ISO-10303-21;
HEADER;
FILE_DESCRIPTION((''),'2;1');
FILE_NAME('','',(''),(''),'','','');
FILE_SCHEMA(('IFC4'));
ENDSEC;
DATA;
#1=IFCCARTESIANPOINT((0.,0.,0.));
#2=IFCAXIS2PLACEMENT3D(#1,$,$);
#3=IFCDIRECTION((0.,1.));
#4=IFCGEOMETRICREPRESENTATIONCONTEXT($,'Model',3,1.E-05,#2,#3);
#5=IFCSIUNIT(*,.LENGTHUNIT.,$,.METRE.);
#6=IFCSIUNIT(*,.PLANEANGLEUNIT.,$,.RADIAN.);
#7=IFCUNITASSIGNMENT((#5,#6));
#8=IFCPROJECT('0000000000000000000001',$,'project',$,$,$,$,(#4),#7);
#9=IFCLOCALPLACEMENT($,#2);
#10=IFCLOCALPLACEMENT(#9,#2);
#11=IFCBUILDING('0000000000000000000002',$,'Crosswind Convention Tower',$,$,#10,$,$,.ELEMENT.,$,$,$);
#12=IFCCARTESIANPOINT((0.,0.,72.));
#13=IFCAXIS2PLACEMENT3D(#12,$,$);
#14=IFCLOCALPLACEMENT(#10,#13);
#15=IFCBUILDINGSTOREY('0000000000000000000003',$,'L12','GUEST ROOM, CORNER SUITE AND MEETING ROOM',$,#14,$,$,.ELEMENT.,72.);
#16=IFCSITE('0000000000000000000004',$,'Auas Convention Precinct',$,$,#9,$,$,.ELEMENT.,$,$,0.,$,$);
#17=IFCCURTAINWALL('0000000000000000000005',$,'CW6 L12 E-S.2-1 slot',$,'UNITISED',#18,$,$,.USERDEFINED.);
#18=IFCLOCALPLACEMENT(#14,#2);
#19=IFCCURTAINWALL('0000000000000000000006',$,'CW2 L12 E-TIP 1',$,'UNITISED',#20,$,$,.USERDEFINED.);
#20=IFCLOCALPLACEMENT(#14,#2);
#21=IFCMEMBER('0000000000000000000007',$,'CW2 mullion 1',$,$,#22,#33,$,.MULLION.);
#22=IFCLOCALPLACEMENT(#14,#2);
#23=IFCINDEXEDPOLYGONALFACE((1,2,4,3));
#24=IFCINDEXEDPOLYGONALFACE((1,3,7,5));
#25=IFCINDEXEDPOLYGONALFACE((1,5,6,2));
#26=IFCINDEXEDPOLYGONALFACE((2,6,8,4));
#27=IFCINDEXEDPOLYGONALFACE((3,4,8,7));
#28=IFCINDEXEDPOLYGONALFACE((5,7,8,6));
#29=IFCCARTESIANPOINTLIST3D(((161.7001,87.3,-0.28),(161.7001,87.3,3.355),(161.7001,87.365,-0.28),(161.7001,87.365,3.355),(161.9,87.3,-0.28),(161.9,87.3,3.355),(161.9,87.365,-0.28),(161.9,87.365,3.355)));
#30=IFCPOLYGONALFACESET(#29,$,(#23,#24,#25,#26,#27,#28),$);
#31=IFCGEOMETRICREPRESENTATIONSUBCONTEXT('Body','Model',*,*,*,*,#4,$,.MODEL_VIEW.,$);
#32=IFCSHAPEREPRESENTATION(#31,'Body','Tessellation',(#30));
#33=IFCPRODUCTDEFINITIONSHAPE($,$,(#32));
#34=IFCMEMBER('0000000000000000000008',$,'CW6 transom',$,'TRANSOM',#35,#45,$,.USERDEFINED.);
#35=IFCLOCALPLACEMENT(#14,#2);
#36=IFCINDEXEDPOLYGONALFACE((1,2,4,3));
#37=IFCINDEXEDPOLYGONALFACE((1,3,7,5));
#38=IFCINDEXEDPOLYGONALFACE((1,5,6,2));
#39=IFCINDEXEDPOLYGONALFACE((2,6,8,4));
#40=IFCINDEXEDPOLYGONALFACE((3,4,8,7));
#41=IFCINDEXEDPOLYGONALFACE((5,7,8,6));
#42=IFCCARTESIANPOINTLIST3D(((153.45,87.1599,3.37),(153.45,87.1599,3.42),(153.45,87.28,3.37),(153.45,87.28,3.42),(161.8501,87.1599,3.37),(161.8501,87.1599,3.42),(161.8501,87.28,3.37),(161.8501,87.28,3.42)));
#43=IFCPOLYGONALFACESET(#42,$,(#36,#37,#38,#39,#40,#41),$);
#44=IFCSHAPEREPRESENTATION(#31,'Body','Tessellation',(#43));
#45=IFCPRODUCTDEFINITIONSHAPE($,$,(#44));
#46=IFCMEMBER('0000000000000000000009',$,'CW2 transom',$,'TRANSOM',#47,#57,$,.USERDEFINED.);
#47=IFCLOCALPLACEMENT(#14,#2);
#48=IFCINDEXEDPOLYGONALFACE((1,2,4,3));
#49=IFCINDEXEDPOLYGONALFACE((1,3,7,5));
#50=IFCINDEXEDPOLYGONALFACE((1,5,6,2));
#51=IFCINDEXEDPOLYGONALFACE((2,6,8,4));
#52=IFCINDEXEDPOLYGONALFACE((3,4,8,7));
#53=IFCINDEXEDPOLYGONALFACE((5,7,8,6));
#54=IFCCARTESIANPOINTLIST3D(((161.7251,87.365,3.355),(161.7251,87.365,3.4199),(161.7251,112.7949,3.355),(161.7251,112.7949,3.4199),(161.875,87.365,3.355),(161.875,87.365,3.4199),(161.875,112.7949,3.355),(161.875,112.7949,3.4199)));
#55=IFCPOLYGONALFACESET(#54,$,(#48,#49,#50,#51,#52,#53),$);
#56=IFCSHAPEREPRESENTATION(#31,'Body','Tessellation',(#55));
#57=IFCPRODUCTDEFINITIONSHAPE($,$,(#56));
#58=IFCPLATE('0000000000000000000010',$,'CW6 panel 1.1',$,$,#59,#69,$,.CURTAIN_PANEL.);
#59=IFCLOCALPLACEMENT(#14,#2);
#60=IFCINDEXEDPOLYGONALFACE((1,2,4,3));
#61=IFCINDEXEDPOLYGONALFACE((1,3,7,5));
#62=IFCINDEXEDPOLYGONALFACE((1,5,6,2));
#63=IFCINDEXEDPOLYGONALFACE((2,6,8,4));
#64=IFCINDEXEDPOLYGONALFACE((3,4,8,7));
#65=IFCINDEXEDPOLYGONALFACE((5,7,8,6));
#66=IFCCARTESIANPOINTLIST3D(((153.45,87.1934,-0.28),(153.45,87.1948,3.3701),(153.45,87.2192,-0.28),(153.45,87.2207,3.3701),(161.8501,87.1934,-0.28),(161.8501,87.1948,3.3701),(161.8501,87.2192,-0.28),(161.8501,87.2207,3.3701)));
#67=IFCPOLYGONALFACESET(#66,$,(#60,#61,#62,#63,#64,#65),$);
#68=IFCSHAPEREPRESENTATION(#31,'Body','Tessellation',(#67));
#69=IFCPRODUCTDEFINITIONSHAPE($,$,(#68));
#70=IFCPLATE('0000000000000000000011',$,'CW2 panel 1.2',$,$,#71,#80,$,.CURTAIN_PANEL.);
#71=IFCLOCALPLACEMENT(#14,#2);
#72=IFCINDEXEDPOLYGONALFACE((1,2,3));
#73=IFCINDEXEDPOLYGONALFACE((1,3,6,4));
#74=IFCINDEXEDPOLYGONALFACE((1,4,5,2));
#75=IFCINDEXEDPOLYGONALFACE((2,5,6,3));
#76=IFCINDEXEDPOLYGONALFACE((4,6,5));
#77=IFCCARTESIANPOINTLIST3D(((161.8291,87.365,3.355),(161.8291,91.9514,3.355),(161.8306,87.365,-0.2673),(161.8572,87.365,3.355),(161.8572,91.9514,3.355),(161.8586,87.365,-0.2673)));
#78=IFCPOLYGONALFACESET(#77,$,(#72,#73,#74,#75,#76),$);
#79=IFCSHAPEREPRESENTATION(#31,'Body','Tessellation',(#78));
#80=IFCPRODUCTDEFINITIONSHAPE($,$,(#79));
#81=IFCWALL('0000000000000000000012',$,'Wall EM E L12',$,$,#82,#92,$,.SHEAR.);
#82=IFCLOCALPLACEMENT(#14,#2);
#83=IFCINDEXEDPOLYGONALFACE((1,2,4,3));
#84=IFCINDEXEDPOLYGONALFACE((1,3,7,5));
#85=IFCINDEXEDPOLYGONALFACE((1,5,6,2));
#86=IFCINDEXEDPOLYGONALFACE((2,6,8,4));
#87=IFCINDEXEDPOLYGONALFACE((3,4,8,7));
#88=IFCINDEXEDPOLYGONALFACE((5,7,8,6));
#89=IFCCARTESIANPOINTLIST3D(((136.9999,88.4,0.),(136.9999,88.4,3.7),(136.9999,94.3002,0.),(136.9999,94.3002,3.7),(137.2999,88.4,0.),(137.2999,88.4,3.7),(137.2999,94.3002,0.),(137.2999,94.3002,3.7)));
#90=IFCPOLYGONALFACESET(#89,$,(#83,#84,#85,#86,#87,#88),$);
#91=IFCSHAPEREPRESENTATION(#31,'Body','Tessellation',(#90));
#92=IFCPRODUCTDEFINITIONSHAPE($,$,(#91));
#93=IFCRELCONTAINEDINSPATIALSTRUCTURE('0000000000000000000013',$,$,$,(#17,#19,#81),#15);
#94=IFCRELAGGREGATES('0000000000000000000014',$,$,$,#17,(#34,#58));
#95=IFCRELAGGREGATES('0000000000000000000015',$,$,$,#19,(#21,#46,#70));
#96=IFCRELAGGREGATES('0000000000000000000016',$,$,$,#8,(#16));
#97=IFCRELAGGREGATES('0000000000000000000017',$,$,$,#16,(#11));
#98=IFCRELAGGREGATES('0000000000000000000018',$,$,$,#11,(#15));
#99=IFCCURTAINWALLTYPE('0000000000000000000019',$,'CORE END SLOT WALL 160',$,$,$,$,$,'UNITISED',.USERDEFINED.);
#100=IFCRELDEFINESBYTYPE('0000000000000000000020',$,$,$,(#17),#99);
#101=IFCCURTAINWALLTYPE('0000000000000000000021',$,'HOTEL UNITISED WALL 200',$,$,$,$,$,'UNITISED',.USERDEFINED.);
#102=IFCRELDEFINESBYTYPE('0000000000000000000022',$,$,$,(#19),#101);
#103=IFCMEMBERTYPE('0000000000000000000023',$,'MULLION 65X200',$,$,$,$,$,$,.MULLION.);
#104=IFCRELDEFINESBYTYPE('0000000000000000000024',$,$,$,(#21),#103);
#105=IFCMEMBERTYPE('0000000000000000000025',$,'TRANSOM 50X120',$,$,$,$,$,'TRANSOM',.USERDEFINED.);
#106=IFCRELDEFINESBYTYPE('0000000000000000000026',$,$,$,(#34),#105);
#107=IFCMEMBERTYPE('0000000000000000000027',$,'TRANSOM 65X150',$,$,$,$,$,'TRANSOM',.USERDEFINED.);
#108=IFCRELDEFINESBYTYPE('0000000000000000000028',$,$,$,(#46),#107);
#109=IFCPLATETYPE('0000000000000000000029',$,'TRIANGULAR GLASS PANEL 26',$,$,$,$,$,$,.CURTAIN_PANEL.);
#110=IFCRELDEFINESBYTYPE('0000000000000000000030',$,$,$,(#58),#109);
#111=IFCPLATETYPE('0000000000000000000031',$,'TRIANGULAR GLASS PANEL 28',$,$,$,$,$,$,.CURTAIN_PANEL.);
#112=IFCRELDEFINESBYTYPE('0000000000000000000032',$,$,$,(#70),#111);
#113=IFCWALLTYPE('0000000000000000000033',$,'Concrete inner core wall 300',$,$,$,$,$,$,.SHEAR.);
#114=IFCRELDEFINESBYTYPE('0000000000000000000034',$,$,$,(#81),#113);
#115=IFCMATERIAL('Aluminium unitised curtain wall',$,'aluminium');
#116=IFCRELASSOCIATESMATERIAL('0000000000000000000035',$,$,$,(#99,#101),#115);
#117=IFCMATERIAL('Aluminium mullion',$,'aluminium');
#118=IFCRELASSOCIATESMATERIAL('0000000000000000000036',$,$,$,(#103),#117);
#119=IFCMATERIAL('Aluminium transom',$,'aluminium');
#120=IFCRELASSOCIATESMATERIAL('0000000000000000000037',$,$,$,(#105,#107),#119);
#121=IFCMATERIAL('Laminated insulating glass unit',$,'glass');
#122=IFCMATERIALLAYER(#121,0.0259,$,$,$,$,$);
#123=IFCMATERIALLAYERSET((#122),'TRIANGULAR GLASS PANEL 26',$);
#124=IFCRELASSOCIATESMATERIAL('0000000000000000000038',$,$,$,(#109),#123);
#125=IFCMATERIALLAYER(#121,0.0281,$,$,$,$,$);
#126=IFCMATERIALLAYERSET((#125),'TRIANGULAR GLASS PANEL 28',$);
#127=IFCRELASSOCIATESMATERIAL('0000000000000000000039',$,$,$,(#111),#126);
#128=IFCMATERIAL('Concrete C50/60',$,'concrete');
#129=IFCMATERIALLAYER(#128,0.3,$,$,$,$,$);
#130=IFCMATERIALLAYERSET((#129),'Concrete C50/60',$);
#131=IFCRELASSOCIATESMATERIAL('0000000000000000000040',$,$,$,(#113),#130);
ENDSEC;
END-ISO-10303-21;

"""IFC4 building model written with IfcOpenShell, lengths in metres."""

from ifc_helpers import new_model, si_unit, direction, frame, frame_2d, origin, origin_2d, place, context, subcontext, project, spatial, polyline, rectangle, outline, extrude, material, layer, layer_set, material_profile, profile_set, type_object, element, aggregate, save


model = new_model("IFC4")

# Units and contexts
model_context = context("Model", 3, precision=1e-05, world=origin(), true_north=direction((0.0, 1.0)))
body_context = subcontext(model_context, "Body", "Model", "MODEL_VIEW")
ifc_project = project(units=[si_unit("LENGTHUNIT", "METRE"), si_unit("PLANEANGLEUNIT", "RADIAN")], contexts=[model_context])

# Site, building, storey
site_placement = place(None, origin())
site = spatial("IfcSite", under=ifc_project, at=site_placement, Name="Auas Convention Precinct", CompositionType="ELEMENT", RefElevation=0.0)
building_placement = place(site_placement, origin())
building = spatial("IfcBuilding", under=site, at=building_placement, Name="Crosswind Convention Tower", CompositionType="ELEMENT")
storey_placement = place(building_placement, frame((0.0, 0.0, 72.0)))
storey = spatial("IfcBuildingStorey", under=building, at=storey_placement, Name="L12", Description="GUEST ROOM, CORNER SUITE AND MEETING ROOM", CompositionType="ELEMENT", Elevation=72.0)

# Curtain wall
ifc_material_1 = material(Name="Aluminium unitised curtain wall", Category="aluminium")
curtain_wall_type_1 = type_object("IfcCurtainWallType", Name="CORE END SLOT WALL 160", ElementType="UNITISED", PredefinedType="USERDEFINED", material=ifc_material_1)
curtain_wall_1_placement = place(storey_placement, origin())
curtain_wall_1 = element("IfcCurtainWall", 1, at=curtain_wall_1_placement, inside=storey, type_object=curtain_wall_type_1, Name="CW6 L12 E-S.2-1 slot", ObjectType="UNITISED", PredefinedType="USERDEFINED")
ifc_material_2 = material(Name="Aluminium mullion", Category="aluminium")

# Curtain wall, member
curtain_wall_type_2 = type_object("IfcCurtainWallType", Name="HOTEL UNITISED WALL 200", ElementType="UNITISED", PredefinedType="USERDEFINED", material=ifc_material_1)
curtain_wall_2_placement = place(storey_placement, origin())
curtain_wall_2 = element("IfcCurtainWall", 2, at=curtain_wall_2_placement, inside=storey, type_object=curtain_wall_type_2, Name="CW2 L12 E-TIP 1", ObjectType="UNITISED", PredefinedType="USERDEFINED")
ifc_material_profile_1 = material_profile(ifc_material_2, rectangle(XDim=0.2, YDim=0.0649, at=origin_2d()), Name="AL 200X65")
ifc_profile_set_1 = profile_set([ifc_material_profile_1], Name="Aluminium mullion")
member_type_1 = type_object("IfcMemberType", Name="MULLION 65X200", PredefinedType="MULLION", material=ifc_profile_set_1)
member_1_placement = place(storey_placement, frame((161.8, 87.3325, -0.28), z_axis=(0.0, 0.0, 1.0), x_axis=(1.0, 0.0, 0.0)))
member_1 = element("IfcMember", 3, at=member_1_placement, type_object=member_type_1, Name="CW2 mullion 1", PredefinedType="MULLION", context=body_context, shape_type="SweptSolid", body=[
    extrude(rectangle(XDim=0.2, YDim=0.0649, at=origin_2d()), origin(), (0.0, 0.0, 1.0), 3.635),
])

# Members
ifc_material_3 = material(Name="Aluminium transom", Category="aluminium")
ifc_material_profile_2 = material_profile(ifc_material_3, rectangle(XDim=0.1201, YDim=0.05, at=origin_2d()), Name="AL 120X50")
ifc_profile_set_2 = profile_set([ifc_material_profile_2], Name="Aluminium transom")
member_type_2 = type_object("IfcMemberType", Name="TRANSOM 50X120", ElementType="TRANSOM", PredefinedType="USERDEFINED", material=ifc_profile_set_2)
member_2_placement = place(storey_placement, frame((153.45, 87.22, 3.395), z_axis=(1.0, 0.0, 0.0), x_axis=(0.0, 1.0, 0.0)))
member_2 = element("IfcMember", 4, at=member_2_placement, type_object=member_type_2, Name="CW6 transom", ObjectType="TRANSOM", PredefinedType="USERDEFINED", context=body_context, shape_type="SweptSolid", body=[
    extrude(rectangle(XDim=0.1201, YDim=0.05, at=origin_2d()), origin(), (0.0, 0.0, 1.0), 8.4001),
])
ifc_material_profile_3 = material_profile(ifc_material_3, rectangle(XDim=0.1499, YDim=0.0649, at=origin_2d()), Name="AL 150X65")
ifc_profile_set_3 = profile_set([ifc_material_profile_3], Name="Aluminium transom")
member_type_3 = type_object("IfcMemberType", Name="TRANSOM 65X150", ElementType="TRANSOM", PredefinedType="USERDEFINED", material=ifc_profile_set_3)
member_3_placement = place(storey_placement, frame((161.8, 87.365, 3.3875), z_axis=(0.0, 1.0, 0.0), x_axis=(-1.0, 0.0, 0.0)))
member_3 = element("IfcMember", 5, at=member_3_placement, type_object=member_type_3, Name="CW2 transom", ObjectType="TRANSOM", PredefinedType="USERDEFINED", context=body_context, shape_type="SweptSolid", body=[
    extrude(rectangle(XDim=0.1499, YDim=0.0649, at=origin_2d()), origin(), (0.0, 0.0, 1.0), 25.4299),
])

# Plates
ifc_material_4 = material(Name="Laminated insulating glass unit", Category="glass")
ifc_layer_1 = layer(ifc_material_4, 0.0259)
ifc_layer_set_1 = layer_set([ifc_layer_1], Name="TRIANGULAR GLASS PANEL 26")
plate_type_1 = type_object("IfcPlateType", Name="TRIANGULAR GLASS PANEL 26", PredefinedType="CURTAIN_PANEL", material=ifc_layer_set_1)
plate_1_placement = place(storey_placement, frame((153.45, 87.1934, -0.28), z_axis=(0.0, -1.0, 0.000401), x_axis=(1.0, 0.0, 0.0)))
plate_1 = element("IfcPlate", 6, at=plate_1_placement, type_object=plate_type_1, Name="CW6 panel 1.1", PredefinedType="CURTAIN_PANEL", context=body_context, shape_type="SweptSolid", body=[
    extrude(outline(polyline([(0.0, 0.0), (8.4001, 0.0), (8.4001, 3.6501), (0.0, 3.6501), (0.0, 0.0)])), origin(), (0.0, 0.0, -1.0), 0.0259),
])
aggregate(curtain_wall_1, [member_2, plate_1])
ifc_layer_2 = layer(ifc_material_4, 0.0281)
ifc_layer_set_2 = layer_set([ifc_layer_2], Name="TRIANGULAR GLASS PANEL 28")
plate_type_2 = type_object("IfcPlateType", Name="TRIANGULAR GLASS PANEL 28", PredefinedType="CURTAIN_PANEL", material=ifc_layer_set_2)
plate_2_placement = place(storey_placement, frame((161.8572, 87.365, 3.355), z_axis=(1.0, 0.0, 0.000404), x_axis=(0.000404, 0.0, -1.0)))
plate_2 = element("IfcPlate", 7, at=plate_2_placement, type_object=plate_type_2, Name="CW2 panel 1.2", PredefinedType="CURTAIN_PANEL", context=body_context, shape_type="SweptSolid", body=[
    extrude(outline(polyline([(0.0, 0.0), (3.6223, 0.0), (0.0, 4.5864), (0.0, 0.0)])), origin(), (0.0, 0.0, -1.0), 0.0281),
])

# Wall
ifc_material_5 = material(Name="Concrete C50/60", Category="concrete")
ifc_layer_3 = layer(ifc_material_5, 0.3)
ifc_layer_set_3 = layer_set([ifc_layer_3], Name="Concrete C50/60")
wall_type_1 = type_object("IfcWallType", Name="Concrete inner core wall 300", PredefinedType="SHEAR", material=ifc_layer_set_3)
wall_1_placement = place(storey_placement, frame((137.1499, 88.3999, 0.0), z_axis=(0.0, 0.0, 1.0), x_axis=(0.0, 1.0, 0.0)))
element("IfcWall", 8, at=wall_1_placement, inside=storey, type_object=wall_type_1, Name="Wall EM E L12", PredefinedType="SHEAR", context=body_context, shape_type="SweptSolid", body=[
    extrude(rectangle(XDim=5.9001, YDim=0.3, at=frame_2d((2.9502, 0.0))), origin(), (0.0, 0.0, 1.0), 3.7),
])

aggregate(curtain_wall_2, [member_1, member_3, plate_2])

save(model, "model.ifc")
